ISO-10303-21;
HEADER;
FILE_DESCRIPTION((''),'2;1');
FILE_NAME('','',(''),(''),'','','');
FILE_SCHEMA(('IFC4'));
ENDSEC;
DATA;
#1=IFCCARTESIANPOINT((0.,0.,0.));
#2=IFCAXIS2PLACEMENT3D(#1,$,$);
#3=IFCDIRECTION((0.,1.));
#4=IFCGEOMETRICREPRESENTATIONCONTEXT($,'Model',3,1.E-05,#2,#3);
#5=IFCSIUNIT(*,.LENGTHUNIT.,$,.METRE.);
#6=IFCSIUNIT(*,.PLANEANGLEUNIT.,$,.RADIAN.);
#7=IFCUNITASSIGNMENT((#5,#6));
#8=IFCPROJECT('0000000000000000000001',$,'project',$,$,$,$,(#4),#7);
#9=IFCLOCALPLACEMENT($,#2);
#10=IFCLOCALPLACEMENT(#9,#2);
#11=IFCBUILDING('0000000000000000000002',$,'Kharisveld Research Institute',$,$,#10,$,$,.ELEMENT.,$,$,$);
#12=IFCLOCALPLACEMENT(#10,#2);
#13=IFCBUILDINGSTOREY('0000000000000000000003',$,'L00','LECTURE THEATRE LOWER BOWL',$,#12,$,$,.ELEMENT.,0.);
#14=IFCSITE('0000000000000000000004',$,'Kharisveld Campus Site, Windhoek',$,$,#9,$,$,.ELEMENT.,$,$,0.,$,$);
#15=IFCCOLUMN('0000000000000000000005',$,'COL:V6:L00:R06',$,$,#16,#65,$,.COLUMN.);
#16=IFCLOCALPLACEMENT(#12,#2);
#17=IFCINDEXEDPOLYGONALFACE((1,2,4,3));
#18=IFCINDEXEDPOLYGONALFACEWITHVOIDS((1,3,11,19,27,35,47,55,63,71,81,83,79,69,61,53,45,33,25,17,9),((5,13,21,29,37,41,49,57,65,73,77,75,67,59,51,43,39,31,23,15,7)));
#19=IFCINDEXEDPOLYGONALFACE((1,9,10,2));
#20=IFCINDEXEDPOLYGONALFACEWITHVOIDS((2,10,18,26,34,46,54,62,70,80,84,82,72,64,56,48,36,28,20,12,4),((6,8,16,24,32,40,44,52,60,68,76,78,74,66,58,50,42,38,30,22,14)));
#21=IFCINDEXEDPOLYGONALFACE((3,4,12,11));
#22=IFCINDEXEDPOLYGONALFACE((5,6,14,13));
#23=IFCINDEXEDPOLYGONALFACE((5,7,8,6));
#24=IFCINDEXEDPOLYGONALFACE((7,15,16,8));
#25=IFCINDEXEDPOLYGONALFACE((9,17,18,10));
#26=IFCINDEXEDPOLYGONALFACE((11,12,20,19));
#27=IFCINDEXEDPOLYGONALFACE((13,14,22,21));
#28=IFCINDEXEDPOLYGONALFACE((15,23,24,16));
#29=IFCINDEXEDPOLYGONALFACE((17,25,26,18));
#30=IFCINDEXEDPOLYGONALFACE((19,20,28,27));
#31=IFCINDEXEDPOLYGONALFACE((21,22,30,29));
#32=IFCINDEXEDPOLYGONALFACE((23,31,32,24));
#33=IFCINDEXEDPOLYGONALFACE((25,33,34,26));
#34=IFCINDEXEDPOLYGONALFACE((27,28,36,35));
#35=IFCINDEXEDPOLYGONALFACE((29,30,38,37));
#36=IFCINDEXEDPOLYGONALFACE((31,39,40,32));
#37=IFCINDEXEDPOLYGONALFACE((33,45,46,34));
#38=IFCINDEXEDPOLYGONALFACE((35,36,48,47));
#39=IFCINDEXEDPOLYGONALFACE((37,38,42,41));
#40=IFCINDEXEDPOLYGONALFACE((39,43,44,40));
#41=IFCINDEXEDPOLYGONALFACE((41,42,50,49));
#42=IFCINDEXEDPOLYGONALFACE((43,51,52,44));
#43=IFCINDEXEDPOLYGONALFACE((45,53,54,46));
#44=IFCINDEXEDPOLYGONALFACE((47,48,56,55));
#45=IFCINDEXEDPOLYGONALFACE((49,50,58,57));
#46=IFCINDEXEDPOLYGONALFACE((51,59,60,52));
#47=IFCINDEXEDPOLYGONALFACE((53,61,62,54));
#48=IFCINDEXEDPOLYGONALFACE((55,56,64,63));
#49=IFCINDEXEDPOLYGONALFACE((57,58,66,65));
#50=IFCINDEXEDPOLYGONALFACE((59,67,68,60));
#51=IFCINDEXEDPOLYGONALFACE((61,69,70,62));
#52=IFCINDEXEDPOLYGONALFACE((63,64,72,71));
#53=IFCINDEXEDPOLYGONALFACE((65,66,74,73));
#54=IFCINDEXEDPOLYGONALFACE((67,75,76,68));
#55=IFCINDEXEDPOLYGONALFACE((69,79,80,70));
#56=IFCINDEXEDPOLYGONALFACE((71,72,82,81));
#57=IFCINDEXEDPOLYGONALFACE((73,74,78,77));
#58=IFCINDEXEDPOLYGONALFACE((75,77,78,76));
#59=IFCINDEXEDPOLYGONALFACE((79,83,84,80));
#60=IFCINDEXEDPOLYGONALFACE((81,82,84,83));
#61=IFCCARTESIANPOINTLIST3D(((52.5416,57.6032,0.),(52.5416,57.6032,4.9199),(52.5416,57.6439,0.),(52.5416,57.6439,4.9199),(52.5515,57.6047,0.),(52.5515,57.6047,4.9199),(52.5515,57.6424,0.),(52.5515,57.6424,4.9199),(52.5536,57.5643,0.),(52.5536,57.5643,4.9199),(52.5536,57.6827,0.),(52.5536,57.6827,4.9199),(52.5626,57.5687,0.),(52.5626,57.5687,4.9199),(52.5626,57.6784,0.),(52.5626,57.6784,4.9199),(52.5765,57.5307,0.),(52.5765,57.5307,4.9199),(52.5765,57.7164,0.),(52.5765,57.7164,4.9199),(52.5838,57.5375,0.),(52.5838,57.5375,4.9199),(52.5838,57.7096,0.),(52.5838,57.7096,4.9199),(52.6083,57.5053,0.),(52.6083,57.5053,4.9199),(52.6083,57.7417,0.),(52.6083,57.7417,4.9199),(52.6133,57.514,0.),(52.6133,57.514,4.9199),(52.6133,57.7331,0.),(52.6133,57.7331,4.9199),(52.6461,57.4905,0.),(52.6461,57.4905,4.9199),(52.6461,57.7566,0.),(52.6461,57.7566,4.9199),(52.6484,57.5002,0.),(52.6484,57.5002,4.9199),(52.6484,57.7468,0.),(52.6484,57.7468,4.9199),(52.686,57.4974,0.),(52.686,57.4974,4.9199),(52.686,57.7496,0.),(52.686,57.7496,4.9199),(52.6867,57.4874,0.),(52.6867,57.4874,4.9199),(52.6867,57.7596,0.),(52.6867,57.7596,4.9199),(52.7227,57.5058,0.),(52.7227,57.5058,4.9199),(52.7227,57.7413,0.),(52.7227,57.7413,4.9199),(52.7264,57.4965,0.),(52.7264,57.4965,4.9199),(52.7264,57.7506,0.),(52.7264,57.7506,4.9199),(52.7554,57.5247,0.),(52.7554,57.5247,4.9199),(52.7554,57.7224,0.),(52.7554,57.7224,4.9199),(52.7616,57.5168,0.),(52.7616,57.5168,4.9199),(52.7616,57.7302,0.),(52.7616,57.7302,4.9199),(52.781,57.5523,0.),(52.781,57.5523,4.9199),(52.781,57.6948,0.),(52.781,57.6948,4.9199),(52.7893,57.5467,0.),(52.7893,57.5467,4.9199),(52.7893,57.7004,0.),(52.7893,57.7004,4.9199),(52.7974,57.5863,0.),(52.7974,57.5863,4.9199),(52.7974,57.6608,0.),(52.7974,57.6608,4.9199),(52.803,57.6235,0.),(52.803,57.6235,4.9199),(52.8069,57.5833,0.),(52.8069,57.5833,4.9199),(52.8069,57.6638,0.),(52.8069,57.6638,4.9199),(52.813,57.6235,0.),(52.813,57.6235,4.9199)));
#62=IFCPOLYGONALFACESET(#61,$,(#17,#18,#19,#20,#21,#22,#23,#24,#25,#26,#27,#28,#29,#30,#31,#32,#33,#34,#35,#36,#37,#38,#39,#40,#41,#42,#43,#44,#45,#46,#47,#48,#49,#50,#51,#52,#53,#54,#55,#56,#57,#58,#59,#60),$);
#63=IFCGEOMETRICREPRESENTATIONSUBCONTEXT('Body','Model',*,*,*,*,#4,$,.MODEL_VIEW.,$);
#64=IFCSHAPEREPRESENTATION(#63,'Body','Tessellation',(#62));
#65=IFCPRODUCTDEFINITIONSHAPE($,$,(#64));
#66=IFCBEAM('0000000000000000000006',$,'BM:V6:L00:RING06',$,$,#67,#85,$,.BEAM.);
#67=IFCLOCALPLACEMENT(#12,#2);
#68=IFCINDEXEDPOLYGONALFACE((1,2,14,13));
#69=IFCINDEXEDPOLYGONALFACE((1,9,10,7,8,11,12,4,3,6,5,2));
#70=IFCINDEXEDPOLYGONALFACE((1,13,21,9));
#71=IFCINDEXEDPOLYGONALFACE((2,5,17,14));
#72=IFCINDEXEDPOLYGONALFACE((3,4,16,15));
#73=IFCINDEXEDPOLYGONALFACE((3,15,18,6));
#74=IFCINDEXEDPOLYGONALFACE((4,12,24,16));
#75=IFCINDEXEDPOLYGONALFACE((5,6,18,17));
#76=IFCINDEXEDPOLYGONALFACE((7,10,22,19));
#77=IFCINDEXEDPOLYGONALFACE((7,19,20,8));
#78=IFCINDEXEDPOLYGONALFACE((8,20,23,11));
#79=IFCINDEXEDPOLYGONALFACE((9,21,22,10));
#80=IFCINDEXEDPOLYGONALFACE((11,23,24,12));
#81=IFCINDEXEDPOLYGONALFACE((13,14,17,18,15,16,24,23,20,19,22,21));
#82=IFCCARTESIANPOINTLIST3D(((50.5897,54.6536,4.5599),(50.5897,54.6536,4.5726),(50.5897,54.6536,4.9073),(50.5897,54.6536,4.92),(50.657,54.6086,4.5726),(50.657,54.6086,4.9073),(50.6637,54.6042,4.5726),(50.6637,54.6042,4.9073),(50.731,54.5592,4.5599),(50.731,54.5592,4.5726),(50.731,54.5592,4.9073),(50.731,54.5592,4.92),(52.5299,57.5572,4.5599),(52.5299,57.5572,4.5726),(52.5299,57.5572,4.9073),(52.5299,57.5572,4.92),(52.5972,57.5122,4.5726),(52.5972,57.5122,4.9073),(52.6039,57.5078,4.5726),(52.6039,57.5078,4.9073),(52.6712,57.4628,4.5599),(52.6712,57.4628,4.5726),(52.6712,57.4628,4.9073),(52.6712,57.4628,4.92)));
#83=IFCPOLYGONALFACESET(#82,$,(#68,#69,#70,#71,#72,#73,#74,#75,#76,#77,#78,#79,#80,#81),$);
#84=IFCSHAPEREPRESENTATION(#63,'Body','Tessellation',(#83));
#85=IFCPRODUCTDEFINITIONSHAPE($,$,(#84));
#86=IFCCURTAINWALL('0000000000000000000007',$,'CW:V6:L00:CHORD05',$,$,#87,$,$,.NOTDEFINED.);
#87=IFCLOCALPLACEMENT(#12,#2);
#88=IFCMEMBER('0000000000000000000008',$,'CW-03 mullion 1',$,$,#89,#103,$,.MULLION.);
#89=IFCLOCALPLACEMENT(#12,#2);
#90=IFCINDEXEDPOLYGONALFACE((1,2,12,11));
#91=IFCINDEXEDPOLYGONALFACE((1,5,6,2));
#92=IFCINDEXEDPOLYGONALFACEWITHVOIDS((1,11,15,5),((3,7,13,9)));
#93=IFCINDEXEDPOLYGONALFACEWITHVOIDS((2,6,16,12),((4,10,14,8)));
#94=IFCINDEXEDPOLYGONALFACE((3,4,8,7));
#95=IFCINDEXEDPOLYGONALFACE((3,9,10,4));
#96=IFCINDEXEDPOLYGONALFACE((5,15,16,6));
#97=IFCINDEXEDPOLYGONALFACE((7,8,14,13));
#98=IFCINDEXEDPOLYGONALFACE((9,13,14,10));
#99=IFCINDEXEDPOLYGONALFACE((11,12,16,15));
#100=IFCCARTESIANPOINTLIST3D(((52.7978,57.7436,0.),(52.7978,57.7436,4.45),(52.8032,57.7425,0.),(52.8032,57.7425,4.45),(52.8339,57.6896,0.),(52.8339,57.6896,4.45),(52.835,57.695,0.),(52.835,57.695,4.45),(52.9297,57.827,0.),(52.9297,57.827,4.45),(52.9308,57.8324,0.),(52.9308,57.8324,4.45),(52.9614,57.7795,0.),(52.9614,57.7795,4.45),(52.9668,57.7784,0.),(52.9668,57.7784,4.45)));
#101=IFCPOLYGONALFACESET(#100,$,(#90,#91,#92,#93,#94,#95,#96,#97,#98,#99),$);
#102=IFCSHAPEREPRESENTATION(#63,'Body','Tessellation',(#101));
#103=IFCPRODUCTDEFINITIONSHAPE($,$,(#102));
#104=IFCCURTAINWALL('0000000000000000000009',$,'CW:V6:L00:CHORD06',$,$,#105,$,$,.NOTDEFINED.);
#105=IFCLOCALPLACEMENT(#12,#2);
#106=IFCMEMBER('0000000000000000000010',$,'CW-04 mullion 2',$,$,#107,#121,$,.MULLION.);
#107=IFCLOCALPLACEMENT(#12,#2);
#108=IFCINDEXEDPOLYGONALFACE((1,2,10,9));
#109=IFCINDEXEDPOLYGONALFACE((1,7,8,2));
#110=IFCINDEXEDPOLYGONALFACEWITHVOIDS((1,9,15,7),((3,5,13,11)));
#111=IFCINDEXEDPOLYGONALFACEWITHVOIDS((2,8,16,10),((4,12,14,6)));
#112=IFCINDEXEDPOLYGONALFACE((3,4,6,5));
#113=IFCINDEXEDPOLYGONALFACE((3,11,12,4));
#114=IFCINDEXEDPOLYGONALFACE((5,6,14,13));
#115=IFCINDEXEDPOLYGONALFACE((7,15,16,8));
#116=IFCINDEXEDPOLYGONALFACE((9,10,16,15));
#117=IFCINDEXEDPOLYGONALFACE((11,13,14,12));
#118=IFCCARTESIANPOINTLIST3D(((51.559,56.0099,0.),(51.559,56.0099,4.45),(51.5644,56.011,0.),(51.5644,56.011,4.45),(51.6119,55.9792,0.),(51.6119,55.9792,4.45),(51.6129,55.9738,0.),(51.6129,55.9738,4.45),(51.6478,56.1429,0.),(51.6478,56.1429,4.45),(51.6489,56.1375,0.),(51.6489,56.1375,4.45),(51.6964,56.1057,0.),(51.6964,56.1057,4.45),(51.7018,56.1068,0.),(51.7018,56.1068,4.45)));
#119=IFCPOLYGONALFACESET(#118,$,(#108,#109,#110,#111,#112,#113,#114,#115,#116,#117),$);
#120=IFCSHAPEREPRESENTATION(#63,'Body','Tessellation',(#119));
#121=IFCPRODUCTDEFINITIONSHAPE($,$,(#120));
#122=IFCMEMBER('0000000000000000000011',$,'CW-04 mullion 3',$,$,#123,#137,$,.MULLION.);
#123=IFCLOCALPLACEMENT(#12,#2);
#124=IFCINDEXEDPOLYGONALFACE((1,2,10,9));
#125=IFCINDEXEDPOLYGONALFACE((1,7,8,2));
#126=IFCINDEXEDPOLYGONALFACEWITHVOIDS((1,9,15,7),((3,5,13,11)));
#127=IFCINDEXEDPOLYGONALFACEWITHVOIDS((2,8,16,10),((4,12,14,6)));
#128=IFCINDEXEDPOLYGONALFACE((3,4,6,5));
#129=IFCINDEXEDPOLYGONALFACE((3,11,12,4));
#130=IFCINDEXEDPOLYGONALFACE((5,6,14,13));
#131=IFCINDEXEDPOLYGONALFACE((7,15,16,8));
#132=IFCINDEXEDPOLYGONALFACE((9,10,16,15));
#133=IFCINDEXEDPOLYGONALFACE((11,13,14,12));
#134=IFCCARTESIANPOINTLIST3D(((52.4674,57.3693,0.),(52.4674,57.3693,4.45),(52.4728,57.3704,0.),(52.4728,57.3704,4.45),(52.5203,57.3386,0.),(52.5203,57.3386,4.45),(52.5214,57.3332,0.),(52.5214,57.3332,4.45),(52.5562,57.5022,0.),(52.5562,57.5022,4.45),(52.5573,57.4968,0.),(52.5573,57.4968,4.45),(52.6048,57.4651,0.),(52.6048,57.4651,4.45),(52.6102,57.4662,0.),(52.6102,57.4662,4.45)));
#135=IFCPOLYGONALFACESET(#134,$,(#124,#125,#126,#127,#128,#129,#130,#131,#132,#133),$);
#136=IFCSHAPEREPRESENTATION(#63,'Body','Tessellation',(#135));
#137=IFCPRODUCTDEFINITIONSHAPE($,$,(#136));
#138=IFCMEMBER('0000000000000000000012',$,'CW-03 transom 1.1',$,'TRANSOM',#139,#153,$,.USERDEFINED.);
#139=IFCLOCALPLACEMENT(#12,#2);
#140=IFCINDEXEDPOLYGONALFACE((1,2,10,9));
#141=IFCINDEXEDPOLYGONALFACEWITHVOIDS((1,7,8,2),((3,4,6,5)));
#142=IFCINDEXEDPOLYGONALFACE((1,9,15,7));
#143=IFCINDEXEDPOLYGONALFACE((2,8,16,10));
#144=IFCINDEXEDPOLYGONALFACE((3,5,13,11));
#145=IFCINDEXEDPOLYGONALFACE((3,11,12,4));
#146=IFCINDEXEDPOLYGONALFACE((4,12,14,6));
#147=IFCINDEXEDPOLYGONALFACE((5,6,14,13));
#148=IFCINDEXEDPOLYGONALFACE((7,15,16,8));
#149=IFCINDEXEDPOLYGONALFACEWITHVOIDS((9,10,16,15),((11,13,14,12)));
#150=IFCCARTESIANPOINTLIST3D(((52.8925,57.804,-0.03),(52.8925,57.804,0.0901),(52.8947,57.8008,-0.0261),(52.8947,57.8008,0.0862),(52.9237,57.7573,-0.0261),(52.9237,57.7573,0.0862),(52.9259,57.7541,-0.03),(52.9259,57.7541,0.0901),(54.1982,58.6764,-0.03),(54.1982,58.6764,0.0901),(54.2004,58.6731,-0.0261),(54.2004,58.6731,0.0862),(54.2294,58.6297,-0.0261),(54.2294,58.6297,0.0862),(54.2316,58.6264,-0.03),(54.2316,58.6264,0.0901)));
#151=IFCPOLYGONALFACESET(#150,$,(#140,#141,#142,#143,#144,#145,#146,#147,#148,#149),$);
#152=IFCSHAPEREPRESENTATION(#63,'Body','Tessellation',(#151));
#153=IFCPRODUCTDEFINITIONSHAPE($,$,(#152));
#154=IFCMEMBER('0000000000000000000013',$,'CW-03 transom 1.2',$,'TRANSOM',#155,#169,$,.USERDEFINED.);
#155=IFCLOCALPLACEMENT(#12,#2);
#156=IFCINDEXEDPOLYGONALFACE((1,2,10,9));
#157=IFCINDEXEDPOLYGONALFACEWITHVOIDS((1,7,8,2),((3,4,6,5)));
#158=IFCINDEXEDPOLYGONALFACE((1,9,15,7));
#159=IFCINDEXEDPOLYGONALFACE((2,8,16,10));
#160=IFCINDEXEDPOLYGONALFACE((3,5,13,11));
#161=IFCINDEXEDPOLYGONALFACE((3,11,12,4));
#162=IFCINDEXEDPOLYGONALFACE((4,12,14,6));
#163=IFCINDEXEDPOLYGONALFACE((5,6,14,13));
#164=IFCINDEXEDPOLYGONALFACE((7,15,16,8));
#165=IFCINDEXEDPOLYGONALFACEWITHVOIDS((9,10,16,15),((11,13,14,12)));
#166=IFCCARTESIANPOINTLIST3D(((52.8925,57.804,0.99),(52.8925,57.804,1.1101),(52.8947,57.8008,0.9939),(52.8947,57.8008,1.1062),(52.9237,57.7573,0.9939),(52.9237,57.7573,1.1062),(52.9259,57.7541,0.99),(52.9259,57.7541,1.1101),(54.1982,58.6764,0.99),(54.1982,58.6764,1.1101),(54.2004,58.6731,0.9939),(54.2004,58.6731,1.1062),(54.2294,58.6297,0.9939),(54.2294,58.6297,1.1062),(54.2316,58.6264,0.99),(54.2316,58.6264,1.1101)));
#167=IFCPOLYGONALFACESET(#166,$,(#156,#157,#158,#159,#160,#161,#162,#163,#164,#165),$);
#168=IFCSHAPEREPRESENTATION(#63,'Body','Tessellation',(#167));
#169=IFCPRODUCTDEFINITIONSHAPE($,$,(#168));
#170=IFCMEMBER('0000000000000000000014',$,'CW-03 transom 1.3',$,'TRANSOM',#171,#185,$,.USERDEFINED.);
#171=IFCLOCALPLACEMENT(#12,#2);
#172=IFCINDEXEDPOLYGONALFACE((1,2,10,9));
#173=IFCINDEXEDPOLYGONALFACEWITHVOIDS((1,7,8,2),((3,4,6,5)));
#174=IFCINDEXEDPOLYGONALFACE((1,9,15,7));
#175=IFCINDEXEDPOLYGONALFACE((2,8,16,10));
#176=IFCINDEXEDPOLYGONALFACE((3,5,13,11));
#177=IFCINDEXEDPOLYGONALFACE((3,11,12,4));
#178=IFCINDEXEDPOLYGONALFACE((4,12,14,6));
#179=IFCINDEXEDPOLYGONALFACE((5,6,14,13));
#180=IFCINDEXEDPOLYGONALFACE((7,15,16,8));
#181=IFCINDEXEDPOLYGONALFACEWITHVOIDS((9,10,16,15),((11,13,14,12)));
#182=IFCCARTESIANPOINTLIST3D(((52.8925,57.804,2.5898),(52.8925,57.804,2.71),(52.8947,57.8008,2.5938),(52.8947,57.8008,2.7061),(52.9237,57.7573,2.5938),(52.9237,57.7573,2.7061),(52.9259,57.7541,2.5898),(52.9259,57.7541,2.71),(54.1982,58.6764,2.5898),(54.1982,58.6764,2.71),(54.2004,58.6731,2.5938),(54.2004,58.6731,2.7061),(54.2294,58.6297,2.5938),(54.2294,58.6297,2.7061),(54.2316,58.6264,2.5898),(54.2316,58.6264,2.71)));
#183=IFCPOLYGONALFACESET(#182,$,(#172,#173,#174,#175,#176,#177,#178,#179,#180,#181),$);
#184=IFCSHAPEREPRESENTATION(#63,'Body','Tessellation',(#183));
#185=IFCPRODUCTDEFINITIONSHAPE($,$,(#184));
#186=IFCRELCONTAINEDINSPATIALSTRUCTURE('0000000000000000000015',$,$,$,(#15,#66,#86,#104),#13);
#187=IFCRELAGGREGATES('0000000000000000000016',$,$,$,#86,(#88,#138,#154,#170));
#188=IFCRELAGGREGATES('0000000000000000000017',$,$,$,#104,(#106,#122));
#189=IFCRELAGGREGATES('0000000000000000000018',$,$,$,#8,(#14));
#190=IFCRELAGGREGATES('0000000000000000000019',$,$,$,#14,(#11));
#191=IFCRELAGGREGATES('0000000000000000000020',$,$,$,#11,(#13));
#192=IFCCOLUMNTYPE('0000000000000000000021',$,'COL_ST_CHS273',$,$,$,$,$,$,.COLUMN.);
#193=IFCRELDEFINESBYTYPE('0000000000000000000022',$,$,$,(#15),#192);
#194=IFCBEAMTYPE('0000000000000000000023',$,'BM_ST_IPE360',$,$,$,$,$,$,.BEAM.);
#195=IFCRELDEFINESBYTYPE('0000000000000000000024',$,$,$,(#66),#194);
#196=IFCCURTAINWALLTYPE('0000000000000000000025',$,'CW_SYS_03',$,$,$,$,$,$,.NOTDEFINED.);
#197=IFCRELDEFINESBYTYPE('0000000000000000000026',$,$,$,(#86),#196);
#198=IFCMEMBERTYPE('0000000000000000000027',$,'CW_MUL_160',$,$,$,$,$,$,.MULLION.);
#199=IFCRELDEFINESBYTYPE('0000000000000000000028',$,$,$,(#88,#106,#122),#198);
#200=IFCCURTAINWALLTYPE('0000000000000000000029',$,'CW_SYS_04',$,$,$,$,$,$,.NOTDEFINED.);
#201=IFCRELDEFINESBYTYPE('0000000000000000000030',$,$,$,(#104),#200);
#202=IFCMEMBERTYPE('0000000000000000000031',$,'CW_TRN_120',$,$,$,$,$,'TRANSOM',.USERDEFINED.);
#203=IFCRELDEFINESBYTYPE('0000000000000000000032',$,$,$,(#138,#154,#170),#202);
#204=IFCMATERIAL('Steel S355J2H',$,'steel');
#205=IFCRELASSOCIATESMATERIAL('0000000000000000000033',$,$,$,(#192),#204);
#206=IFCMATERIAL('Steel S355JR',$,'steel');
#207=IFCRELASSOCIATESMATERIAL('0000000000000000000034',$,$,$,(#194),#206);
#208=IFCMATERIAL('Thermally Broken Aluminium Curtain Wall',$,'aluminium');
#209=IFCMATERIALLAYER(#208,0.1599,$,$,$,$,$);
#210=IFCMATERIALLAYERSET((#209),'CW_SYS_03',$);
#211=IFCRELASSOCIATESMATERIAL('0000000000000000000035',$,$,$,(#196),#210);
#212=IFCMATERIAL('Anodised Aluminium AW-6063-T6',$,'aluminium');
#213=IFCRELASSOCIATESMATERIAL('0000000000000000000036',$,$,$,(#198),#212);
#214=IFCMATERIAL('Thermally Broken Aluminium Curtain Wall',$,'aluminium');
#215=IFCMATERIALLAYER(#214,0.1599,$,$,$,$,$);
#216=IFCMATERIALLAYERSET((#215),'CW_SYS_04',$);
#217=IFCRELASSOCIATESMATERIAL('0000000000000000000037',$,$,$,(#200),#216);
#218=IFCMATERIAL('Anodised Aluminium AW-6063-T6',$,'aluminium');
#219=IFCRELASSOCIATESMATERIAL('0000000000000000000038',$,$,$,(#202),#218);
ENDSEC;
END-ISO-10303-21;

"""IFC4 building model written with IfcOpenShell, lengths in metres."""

from ifc_helpers import new_model, si_unit, direction, frame, origin, origin_2d, place, context, subcontext, project, spatial, hollow_rectangle, hollow_circle, i_section, extrude, material, layer, layer_set, material_profile, profile_set, type_object, element, aggregate, save


model = new_model("IFC4")

# Units and contexts
model_context = context("Model", 3, precision=1e-05, world=origin(), true_north=direction((0.0, 1.0)))
body_context = subcontext(model_context, "Body", "Model", "MODEL_VIEW")
ifc_project = project(units=[si_unit("LENGTHUNIT", "METRE"), si_unit("PLANEANGLEUNIT", "RADIAN")], contexts=[model_context])

# Site, building, storey
site_placement = place(None, origin())
site = spatial("IfcSite", under=ifc_project, at=site_placement, Name="Kharisveld Campus Site, Windhoek", CompositionType="ELEMENT", RefElevation=0.0)
building_placement = place(site_placement, origin())
building = spatial("IfcBuilding", under=site, at=building_placement, Name="Kharisveld Research Institute", CompositionType="ELEMENT")
storey_placement = place(building_placement, origin())
storey = spatial("IfcBuildingStorey", under=building, at=storey_placement, Name="L00", Description="LECTURE THEATRE LOWER BOWL", CompositionType="ELEMENT", Elevation=0.0)

# Column
ifc_material_1 = material(Name="Steel S355J2H", Category="steel")
ifc_material_profile_1 = material_profile(ifc_material_1, hollow_circle(Radius=0.1365, WallThickness=0.01, at=origin_2d()))
ifc_profile_set_1 = profile_set([ifc_material_profile_1], Name="Steel S355J2H")
column_type = type_object("IfcColumnType", Name="COL_ST_CHS273", PredefinedType="COLUMN", material=ifc_profile_set_1)
column_placement = place(storey_placement, frame((52.6765, 57.6235, 0.0), z_axis=(0.0, 0.0, 1.0), x_axis=(1.0, 0.0, 0.0)))
element("IfcColumn", 1, at=column_placement, inside=storey, type_object=column_type, Name="COL:V6:L00:R06", PredefinedType="COLUMN", context=body_context, shape_type="SweptSolid", body=[
    extrude(hollow_circle(Radius=0.1365, WallThickness=0.01, at=origin_2d()), origin(), (0.0, 0.0, 1.0), 4.9199),
])

# Beam
ifc_material_2 = material(Name="Steel S355JR", Category="steel")
ifc_material_profile_2 = material_profile(ifc_material_2, i_section(OverallWidth=0.1699, OverallDepth=0.3601, WebThickness=0.0081, FlangeThickness=0.0127, at=origin_2d()))
ifc_profile_set_2 = profile_set([ifc_material_profile_2], Name="Steel S355JR")
beam_type = type_object("IfcBeamType", Name="BM_ST_IPE360", PredefinedType="BEAM", material=ifc_profile_set_2)
beam_placement = place(storey_placement, frame((52.6006, 57.51, 4.74), z_axis=(-0.555587, -0.831458, 0.0), x_axis=(0.831458, -0.555587, 0.0)))
element("IfcBeam", 2, at=beam_placement, inside=storey, type_object=beam_type, Name="BM:V6:L00:RING06", PredefinedType="BEAM", context=body_context, shape_type="SweptSolid", body=[
    extrude(i_section(OverallWidth=0.1699, OverallDepth=0.3601, WebThickness=0.0081, FlangeThickness=0.0127, at=origin_2d()), origin(), (0.0, 0.0, 1.0), 3.4922),
])

# Curtain wall, member
ifc_material_3 = material(Name="Thermally Broken Aluminium Curtain Wall", Category="aluminium")
ifc_layer_1 = layer(ifc_material_3, 0.1599)
ifc_layer_set_1 = layer_set([ifc_layer_1], Name="CW_SYS_03")
curtain_wall_type_1 = type_object("IfcCurtainWallType", Name="CW_SYS_03", PredefinedType="NOTDEFINED", material=ifc_layer_set_1)
curtain_wall_1_placement = place(storey_placement, origin())
curtain_wall_1 = element("IfcCurtainWall", 3, at=curtain_wall_1_placement, inside=storey, type_object=curtain_wall_type_1, Name="CW:V6:L00:CHORD05", PredefinedType="NOTDEFINED")
ifc_material_4 = material(Name="Anodised Aluminium AW-6063-T6", Category="aluminium")
ifc_material_profile_3 = material_profile(ifc_material_4, hollow_rectangle(XDim=0.0649, YDim=0.1599, WallThickness=0.0039, at=origin_2d()))
ifc_profile_set_3 = profile_set([ifc_material_profile_3], Name="Anodised Aluminium AW-6063-T6")
member_type_1 = type_object("IfcMemberType", Name="CW_MUL_160", PredefinedType="MULLION", material=ifc_profile_set_3)
member_1_placement = place(storey_placement, frame((52.8823, 57.761, 0.0), z_axis=(0.0, 0.0, 1.0), x_axis=(-0.55557, 0.83147, 0.0)))
member_1 = element("IfcMember", 4, at=member_1_placement, type_object=member_type_1, Name="CW-03 mullion 1", PredefinedType="MULLION", context=body_context, shape_type="SweptSolid", body=[
    extrude(hollow_rectangle(XDim=0.0649, YDim=0.1599, WallThickness=0.0039, at=origin_2d()), origin(), (0.0, 0.0, 1.0), 4.45),
])

# Curtain wall, members
ifc_material_5 = material(Name="Thermally Broken Aluminium Curtain Wall", Category="aluminium")
ifc_layer_2 = layer(ifc_material_5, 0.1599)
ifc_layer_set_2 = layer_set([ifc_layer_2], Name="CW_SYS_04")
curtain_wall_type_2 = type_object("IfcCurtainWallType", Name="CW_SYS_04", PredefinedType="NOTDEFINED", material=ifc_layer_set_2)
curtain_wall_2_placement = place(storey_placement, origin())
curtain_wall_2 = element("IfcCurtainWall", 5, at=curtain_wall_2_placement, inside=storey, type_object=curtain_wall_type_2, Name="CW:V6:L00:CHORD06", PredefinedType="NOTDEFINED")
member_2_placement = place(storey_placement, frame((51.6304, 56.0583, 0.0), z_axis=(0.0, 0.0, 1.0), x_axis=(-0.83147, 0.55557, 0.0)))
member_2 = element("IfcMember", 6, at=member_2_placement, type_object=member_type_1, Name="CW-04 mullion 2", PredefinedType="MULLION", context=body_context, shape_type="SweptSolid", body=[
    extrude(hollow_rectangle(XDim=0.0649, YDim=0.1599, WallThickness=0.0039, at=origin_2d()), origin(), (0.0, 0.0, 1.0), 4.45),
])
member_3_placement = place(storey_placement, frame((52.5388, 57.4177, 0.0), z_axis=(0.0, 0.0, 1.0), x_axis=(-0.83147, 0.55557, 0.0)))
member_3 = element("IfcMember", 7, at=member_3_placement, type_object=member_type_1, Name="CW-04 mullion 3", PredefinedType="MULLION", context=body_context, shape_type="SweptSolid", body=[
    extrude(hollow_rectangle(XDim=0.0649, YDim=0.1599, WallThickness=0.0039, at=origin_2d()), origin(), (0.0, 0.0, 1.0), 4.45),
])

# Members
ifc_material_6 = material(Name="Anodised Aluminium AW-6063-T6", Category="aluminium")
ifc_material_profile_4 = material_profile(ifc_material_6, hollow_rectangle(XDim=0.0601, YDim=0.1201, WallThickness=0.0039, at=origin_2d()))
ifc_profile_set_4 = profile_set([ifc_material_profile_4], Name="Anodised Aluminium AW-6063-T6")
member_type_2 = type_object("IfcMemberType", Name="CW_TRN_120", ElementType="TRANSOM", PredefinedType="USERDEFINED", material=ifc_profile_set_4)
member_4_placement = place(storey_placement, frame((52.9092, 57.7791, 0.03), z_axis=(0.8315, 0.555525, 0.0), x_axis=(-0.555525, 0.8315, 0.0)))
member_4 = element("IfcMember", 8, at=member_4_placement, type_object=member_type_2, Name="CW-03 transom 1.1", ObjectType="TRANSOM", PredefinedType="USERDEFINED", context=body_context, shape_type="SweptSolid", body=[
    extrude(hollow_rectangle(XDim=0.0601, YDim=0.1201, WallThickness=0.0039, at=origin_2d()), origin(), (0.0, 0.0, 1.0), 1.5703),
])
member_5_placement = place(storey_placement, frame((52.9092, 57.7791, 1.05), z_axis=(0.8315, 0.555525, 0.0), x_axis=(-0.555525, 0.8315, 0.0)))
member_5 = element("IfcMember", 9, at=member_5_placement, type_object=member_type_2, Name="CW-03 transom 1.2", ObjectType="TRANSOM", PredefinedType="USERDEFINED", context=body_context, shape_type="SweptSolid", body=[
    extrude(hollow_rectangle(XDim=0.0601, YDim=0.1201, WallThickness=0.0039, at=origin_2d()), origin(), (0.0, 0.0, 1.0), 1.5703),
])
member_6_placement = place(storey_placement, frame((52.9092, 57.7791, 2.6499), z_axis=(0.8315, 0.555525, 0.0), x_axis=(-0.555525, 0.8315, 0.0)))
member_6 = element("IfcMember", 10, at=member_6_placement, type_object=member_type_2, Name="CW-03 transom 1.3", ObjectType="TRANSOM", PredefinedType="USERDEFINED", context=body_context, shape_type="SweptSolid", body=[
    extrude(hollow_rectangle(XDim=0.0601, YDim=0.1201, WallThickness=0.0039, at=origin_2d()), origin(), (0.0, 0.0, 1.0), 1.5703),
])
aggregate(curtain_wall_1, [member_1, member_4, member_5, member_6])

aggregate(curtain_wall_2, [member_2, member_3])

save(model, "model.ifc")
